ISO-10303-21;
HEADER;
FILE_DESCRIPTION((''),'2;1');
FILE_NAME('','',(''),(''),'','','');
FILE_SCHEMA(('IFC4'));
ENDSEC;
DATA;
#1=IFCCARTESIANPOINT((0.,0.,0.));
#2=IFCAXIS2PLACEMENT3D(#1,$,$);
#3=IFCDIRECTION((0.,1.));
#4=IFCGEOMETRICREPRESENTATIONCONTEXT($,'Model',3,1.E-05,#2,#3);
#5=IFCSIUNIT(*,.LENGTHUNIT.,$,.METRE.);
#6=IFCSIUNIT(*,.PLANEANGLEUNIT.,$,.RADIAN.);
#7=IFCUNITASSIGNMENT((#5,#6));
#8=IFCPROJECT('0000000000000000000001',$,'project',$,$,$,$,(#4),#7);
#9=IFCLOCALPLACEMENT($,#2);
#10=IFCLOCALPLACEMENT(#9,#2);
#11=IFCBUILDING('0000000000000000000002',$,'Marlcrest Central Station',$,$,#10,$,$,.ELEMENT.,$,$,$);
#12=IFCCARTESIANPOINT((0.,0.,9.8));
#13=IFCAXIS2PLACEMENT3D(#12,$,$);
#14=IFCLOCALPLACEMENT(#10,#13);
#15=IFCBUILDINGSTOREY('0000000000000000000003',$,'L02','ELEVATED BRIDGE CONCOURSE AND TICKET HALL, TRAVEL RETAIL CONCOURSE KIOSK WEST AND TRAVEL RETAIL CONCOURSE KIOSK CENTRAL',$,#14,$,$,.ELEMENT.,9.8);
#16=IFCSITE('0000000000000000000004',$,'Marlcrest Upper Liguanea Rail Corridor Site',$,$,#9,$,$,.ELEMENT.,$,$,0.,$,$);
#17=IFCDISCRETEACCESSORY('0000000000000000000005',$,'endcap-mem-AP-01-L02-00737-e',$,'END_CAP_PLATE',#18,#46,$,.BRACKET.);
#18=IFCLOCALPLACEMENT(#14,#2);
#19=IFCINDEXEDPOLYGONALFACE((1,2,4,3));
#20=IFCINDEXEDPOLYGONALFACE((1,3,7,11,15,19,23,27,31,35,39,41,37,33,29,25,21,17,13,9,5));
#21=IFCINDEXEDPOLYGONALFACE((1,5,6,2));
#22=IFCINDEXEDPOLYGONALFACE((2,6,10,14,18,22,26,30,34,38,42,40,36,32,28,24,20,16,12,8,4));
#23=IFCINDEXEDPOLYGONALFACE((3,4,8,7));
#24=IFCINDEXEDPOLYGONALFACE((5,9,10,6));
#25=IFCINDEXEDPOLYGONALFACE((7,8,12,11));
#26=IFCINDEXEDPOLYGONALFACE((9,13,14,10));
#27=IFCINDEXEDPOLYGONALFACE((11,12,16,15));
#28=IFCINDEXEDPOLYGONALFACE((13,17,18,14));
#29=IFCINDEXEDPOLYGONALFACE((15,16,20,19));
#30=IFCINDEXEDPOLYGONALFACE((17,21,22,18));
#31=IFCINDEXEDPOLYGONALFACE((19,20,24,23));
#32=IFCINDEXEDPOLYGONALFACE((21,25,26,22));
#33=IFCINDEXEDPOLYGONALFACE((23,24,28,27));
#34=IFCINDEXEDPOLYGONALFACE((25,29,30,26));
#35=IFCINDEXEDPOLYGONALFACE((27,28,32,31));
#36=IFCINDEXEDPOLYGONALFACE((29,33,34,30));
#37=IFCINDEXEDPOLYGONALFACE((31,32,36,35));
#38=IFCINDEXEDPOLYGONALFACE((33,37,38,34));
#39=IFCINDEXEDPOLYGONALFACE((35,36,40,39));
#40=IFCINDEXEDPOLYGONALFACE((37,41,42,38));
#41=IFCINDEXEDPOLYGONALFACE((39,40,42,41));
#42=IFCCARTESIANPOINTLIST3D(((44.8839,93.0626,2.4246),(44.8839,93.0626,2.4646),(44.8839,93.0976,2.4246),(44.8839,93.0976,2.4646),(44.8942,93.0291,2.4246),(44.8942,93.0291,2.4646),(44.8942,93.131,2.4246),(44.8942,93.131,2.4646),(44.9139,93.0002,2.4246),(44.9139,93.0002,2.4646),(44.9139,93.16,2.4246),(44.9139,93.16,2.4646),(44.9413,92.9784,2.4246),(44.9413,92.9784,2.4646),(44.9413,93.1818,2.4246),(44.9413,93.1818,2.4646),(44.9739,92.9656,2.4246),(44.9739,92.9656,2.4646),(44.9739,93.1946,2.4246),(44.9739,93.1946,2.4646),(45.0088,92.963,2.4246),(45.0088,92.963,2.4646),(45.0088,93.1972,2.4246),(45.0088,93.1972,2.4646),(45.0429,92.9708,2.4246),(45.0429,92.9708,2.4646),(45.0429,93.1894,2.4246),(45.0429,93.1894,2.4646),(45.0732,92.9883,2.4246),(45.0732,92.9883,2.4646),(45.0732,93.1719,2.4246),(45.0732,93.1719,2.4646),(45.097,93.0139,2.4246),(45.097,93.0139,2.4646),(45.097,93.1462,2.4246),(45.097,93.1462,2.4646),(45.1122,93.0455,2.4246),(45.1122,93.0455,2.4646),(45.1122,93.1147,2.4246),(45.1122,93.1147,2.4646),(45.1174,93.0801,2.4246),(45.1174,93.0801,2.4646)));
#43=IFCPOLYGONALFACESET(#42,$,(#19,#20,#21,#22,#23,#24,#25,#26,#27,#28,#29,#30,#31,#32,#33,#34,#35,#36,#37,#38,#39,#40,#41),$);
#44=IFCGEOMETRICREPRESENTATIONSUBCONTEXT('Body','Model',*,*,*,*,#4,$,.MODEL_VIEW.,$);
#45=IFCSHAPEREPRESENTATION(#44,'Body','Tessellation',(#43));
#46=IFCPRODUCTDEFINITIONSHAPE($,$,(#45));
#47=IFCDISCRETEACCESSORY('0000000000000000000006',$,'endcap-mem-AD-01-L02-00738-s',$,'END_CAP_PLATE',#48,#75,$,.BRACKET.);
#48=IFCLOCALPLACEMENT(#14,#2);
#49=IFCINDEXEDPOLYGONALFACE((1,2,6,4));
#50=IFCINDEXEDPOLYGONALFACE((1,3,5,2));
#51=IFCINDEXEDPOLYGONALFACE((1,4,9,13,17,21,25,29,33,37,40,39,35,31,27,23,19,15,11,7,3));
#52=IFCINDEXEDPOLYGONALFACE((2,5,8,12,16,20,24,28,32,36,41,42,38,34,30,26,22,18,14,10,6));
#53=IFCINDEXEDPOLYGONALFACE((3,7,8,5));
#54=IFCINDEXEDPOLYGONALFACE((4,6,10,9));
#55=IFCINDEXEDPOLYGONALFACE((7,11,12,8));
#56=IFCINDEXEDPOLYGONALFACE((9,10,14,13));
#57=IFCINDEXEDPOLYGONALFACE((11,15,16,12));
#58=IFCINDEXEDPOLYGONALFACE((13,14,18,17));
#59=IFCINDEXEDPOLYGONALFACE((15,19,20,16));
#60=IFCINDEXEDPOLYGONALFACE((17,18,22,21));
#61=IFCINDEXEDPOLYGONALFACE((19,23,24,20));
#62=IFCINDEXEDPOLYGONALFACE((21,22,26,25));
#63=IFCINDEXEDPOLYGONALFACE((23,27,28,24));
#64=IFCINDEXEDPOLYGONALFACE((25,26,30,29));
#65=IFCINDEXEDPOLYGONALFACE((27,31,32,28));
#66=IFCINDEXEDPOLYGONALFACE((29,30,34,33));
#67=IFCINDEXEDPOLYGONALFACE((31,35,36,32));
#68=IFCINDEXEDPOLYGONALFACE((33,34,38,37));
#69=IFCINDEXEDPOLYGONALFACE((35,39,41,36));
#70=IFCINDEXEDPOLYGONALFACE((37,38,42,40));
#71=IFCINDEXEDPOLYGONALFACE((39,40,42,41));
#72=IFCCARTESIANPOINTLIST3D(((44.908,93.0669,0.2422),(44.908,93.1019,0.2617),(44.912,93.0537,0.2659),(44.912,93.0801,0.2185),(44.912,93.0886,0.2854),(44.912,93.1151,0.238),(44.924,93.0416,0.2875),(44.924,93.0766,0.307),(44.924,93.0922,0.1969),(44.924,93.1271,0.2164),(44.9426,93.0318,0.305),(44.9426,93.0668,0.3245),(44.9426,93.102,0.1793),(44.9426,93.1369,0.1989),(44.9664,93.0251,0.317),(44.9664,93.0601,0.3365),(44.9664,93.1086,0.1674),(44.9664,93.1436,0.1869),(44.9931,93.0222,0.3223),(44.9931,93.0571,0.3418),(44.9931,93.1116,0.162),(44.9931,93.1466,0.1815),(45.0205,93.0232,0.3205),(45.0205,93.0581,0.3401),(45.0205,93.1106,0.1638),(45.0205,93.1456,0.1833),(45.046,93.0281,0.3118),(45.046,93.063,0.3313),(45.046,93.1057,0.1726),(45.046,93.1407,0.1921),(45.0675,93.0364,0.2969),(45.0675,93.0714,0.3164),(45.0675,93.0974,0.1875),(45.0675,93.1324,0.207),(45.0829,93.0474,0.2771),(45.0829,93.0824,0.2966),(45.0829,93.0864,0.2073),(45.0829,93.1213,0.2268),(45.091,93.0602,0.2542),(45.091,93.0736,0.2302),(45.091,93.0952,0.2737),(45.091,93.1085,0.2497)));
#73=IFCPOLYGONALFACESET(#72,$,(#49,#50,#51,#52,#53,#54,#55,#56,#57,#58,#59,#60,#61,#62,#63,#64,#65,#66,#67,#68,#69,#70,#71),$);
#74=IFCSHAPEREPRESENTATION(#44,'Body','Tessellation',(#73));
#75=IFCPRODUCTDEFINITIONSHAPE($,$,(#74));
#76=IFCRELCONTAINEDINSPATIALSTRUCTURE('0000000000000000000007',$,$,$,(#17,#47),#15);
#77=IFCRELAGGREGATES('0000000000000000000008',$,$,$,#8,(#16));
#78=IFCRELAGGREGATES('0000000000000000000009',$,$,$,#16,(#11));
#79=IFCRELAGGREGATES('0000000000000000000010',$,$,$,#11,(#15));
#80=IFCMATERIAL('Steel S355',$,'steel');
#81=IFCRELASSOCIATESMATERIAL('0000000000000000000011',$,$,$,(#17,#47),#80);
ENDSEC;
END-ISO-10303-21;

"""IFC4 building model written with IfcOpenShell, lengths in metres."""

from ifc_helpers import new_model, si_unit, direction, frame, origin, origin_2d, place, context, subcontext, project, spatial, circle, extrude, material, element, save


model = new_model("IFC4")

# Units and contexts
model_context = context("Model", 3, precision=1e-05, world=origin(), true_north=direction((0.0, 1.0)))
body_context = subcontext(model_context, "Body", "Model", "MODEL_VIEW")
ifc_project = project(units=[si_unit("LENGTHUNIT", "METRE"), si_unit("PLANEANGLEUNIT", "RADIAN")], contexts=[model_context])

# Site, building, storey
site_placement = place(None, origin())
site = spatial("IfcSite", under=ifc_project, at=site_placement, Name="Marlcrest Upper Liguanea Rail Corridor Site", CompositionType="ELEMENT", RefElevation=0.0)
building_placement = place(site_placement, origin())
building = spatial("IfcBuilding", under=site, at=building_placement, Name="Marlcrest Central Station", CompositionType="ELEMENT")
storey_placement = place(building_placement, frame((0.0, 0.0, 9.8)))
storey = spatial("IfcBuildingStorey", under=building, at=storey_placement, Name="L02", Description="ELEVATED BRIDGE CONCOURSE AND TICKET HALL, TRAVEL RETAIL CONCOURSE KIOSK WEST AND TRAVEL RETAIL CONCOURSE KIOSK CENTRAL", CompositionType="ELEMENT", Elevation=9.8)

# Shared definitions
ifc_material_1 = material(Name="Steel S355", Category="steel")

# Discrete accessories
for number, where, z_axis, x_axis, name in (
    (1, (45.0, 93.0801, 2.4246), (0.0, 0.0, 1.0), (1.0, 0.0, 0.0), "endcap-mem-AP-01-L02-00737-e"),
):
    element("IfcDiscreteAccessory", number, at=place(storey_placement, frame(where, z_axis=z_axis, x_axis=x_axis)), inside=storey, material=ifc_material_1, Name=name, ObjectType="END_CAP_PLATE", PredefinedType="BRACKET", context=body_context, shape_type="SweptSolid", body=[
        extrude(circle(Radius=0.1174, at=origin_2d()), origin(), (0.0, 0.0, 1.0), 0.04),
    ])
discrete_accessory_1_placement = place(storey_placement, frame((45.0, 93.0669, 0.2422), z_axis=(0.0, 0.873246, 0.48728), x_axis=(-1.0, 0.0, 0.0)))
element("IfcDiscreteAccessory", 2, at=discrete_accessory_1_placement, inside=storey, material=ifc_material_1, Name="endcap-mem-AD-01-L02-00738-s", ObjectType="END_CAP_PLATE", PredefinedType="BRACKET", context=body_context, shape_type="SweptSolid", body=[
    extrude(circle(Radius=0.092, at=origin_2d()), origin(), (0.0, 0.0, 1.0), 0.04),
])

save(model, "model.ifc")
